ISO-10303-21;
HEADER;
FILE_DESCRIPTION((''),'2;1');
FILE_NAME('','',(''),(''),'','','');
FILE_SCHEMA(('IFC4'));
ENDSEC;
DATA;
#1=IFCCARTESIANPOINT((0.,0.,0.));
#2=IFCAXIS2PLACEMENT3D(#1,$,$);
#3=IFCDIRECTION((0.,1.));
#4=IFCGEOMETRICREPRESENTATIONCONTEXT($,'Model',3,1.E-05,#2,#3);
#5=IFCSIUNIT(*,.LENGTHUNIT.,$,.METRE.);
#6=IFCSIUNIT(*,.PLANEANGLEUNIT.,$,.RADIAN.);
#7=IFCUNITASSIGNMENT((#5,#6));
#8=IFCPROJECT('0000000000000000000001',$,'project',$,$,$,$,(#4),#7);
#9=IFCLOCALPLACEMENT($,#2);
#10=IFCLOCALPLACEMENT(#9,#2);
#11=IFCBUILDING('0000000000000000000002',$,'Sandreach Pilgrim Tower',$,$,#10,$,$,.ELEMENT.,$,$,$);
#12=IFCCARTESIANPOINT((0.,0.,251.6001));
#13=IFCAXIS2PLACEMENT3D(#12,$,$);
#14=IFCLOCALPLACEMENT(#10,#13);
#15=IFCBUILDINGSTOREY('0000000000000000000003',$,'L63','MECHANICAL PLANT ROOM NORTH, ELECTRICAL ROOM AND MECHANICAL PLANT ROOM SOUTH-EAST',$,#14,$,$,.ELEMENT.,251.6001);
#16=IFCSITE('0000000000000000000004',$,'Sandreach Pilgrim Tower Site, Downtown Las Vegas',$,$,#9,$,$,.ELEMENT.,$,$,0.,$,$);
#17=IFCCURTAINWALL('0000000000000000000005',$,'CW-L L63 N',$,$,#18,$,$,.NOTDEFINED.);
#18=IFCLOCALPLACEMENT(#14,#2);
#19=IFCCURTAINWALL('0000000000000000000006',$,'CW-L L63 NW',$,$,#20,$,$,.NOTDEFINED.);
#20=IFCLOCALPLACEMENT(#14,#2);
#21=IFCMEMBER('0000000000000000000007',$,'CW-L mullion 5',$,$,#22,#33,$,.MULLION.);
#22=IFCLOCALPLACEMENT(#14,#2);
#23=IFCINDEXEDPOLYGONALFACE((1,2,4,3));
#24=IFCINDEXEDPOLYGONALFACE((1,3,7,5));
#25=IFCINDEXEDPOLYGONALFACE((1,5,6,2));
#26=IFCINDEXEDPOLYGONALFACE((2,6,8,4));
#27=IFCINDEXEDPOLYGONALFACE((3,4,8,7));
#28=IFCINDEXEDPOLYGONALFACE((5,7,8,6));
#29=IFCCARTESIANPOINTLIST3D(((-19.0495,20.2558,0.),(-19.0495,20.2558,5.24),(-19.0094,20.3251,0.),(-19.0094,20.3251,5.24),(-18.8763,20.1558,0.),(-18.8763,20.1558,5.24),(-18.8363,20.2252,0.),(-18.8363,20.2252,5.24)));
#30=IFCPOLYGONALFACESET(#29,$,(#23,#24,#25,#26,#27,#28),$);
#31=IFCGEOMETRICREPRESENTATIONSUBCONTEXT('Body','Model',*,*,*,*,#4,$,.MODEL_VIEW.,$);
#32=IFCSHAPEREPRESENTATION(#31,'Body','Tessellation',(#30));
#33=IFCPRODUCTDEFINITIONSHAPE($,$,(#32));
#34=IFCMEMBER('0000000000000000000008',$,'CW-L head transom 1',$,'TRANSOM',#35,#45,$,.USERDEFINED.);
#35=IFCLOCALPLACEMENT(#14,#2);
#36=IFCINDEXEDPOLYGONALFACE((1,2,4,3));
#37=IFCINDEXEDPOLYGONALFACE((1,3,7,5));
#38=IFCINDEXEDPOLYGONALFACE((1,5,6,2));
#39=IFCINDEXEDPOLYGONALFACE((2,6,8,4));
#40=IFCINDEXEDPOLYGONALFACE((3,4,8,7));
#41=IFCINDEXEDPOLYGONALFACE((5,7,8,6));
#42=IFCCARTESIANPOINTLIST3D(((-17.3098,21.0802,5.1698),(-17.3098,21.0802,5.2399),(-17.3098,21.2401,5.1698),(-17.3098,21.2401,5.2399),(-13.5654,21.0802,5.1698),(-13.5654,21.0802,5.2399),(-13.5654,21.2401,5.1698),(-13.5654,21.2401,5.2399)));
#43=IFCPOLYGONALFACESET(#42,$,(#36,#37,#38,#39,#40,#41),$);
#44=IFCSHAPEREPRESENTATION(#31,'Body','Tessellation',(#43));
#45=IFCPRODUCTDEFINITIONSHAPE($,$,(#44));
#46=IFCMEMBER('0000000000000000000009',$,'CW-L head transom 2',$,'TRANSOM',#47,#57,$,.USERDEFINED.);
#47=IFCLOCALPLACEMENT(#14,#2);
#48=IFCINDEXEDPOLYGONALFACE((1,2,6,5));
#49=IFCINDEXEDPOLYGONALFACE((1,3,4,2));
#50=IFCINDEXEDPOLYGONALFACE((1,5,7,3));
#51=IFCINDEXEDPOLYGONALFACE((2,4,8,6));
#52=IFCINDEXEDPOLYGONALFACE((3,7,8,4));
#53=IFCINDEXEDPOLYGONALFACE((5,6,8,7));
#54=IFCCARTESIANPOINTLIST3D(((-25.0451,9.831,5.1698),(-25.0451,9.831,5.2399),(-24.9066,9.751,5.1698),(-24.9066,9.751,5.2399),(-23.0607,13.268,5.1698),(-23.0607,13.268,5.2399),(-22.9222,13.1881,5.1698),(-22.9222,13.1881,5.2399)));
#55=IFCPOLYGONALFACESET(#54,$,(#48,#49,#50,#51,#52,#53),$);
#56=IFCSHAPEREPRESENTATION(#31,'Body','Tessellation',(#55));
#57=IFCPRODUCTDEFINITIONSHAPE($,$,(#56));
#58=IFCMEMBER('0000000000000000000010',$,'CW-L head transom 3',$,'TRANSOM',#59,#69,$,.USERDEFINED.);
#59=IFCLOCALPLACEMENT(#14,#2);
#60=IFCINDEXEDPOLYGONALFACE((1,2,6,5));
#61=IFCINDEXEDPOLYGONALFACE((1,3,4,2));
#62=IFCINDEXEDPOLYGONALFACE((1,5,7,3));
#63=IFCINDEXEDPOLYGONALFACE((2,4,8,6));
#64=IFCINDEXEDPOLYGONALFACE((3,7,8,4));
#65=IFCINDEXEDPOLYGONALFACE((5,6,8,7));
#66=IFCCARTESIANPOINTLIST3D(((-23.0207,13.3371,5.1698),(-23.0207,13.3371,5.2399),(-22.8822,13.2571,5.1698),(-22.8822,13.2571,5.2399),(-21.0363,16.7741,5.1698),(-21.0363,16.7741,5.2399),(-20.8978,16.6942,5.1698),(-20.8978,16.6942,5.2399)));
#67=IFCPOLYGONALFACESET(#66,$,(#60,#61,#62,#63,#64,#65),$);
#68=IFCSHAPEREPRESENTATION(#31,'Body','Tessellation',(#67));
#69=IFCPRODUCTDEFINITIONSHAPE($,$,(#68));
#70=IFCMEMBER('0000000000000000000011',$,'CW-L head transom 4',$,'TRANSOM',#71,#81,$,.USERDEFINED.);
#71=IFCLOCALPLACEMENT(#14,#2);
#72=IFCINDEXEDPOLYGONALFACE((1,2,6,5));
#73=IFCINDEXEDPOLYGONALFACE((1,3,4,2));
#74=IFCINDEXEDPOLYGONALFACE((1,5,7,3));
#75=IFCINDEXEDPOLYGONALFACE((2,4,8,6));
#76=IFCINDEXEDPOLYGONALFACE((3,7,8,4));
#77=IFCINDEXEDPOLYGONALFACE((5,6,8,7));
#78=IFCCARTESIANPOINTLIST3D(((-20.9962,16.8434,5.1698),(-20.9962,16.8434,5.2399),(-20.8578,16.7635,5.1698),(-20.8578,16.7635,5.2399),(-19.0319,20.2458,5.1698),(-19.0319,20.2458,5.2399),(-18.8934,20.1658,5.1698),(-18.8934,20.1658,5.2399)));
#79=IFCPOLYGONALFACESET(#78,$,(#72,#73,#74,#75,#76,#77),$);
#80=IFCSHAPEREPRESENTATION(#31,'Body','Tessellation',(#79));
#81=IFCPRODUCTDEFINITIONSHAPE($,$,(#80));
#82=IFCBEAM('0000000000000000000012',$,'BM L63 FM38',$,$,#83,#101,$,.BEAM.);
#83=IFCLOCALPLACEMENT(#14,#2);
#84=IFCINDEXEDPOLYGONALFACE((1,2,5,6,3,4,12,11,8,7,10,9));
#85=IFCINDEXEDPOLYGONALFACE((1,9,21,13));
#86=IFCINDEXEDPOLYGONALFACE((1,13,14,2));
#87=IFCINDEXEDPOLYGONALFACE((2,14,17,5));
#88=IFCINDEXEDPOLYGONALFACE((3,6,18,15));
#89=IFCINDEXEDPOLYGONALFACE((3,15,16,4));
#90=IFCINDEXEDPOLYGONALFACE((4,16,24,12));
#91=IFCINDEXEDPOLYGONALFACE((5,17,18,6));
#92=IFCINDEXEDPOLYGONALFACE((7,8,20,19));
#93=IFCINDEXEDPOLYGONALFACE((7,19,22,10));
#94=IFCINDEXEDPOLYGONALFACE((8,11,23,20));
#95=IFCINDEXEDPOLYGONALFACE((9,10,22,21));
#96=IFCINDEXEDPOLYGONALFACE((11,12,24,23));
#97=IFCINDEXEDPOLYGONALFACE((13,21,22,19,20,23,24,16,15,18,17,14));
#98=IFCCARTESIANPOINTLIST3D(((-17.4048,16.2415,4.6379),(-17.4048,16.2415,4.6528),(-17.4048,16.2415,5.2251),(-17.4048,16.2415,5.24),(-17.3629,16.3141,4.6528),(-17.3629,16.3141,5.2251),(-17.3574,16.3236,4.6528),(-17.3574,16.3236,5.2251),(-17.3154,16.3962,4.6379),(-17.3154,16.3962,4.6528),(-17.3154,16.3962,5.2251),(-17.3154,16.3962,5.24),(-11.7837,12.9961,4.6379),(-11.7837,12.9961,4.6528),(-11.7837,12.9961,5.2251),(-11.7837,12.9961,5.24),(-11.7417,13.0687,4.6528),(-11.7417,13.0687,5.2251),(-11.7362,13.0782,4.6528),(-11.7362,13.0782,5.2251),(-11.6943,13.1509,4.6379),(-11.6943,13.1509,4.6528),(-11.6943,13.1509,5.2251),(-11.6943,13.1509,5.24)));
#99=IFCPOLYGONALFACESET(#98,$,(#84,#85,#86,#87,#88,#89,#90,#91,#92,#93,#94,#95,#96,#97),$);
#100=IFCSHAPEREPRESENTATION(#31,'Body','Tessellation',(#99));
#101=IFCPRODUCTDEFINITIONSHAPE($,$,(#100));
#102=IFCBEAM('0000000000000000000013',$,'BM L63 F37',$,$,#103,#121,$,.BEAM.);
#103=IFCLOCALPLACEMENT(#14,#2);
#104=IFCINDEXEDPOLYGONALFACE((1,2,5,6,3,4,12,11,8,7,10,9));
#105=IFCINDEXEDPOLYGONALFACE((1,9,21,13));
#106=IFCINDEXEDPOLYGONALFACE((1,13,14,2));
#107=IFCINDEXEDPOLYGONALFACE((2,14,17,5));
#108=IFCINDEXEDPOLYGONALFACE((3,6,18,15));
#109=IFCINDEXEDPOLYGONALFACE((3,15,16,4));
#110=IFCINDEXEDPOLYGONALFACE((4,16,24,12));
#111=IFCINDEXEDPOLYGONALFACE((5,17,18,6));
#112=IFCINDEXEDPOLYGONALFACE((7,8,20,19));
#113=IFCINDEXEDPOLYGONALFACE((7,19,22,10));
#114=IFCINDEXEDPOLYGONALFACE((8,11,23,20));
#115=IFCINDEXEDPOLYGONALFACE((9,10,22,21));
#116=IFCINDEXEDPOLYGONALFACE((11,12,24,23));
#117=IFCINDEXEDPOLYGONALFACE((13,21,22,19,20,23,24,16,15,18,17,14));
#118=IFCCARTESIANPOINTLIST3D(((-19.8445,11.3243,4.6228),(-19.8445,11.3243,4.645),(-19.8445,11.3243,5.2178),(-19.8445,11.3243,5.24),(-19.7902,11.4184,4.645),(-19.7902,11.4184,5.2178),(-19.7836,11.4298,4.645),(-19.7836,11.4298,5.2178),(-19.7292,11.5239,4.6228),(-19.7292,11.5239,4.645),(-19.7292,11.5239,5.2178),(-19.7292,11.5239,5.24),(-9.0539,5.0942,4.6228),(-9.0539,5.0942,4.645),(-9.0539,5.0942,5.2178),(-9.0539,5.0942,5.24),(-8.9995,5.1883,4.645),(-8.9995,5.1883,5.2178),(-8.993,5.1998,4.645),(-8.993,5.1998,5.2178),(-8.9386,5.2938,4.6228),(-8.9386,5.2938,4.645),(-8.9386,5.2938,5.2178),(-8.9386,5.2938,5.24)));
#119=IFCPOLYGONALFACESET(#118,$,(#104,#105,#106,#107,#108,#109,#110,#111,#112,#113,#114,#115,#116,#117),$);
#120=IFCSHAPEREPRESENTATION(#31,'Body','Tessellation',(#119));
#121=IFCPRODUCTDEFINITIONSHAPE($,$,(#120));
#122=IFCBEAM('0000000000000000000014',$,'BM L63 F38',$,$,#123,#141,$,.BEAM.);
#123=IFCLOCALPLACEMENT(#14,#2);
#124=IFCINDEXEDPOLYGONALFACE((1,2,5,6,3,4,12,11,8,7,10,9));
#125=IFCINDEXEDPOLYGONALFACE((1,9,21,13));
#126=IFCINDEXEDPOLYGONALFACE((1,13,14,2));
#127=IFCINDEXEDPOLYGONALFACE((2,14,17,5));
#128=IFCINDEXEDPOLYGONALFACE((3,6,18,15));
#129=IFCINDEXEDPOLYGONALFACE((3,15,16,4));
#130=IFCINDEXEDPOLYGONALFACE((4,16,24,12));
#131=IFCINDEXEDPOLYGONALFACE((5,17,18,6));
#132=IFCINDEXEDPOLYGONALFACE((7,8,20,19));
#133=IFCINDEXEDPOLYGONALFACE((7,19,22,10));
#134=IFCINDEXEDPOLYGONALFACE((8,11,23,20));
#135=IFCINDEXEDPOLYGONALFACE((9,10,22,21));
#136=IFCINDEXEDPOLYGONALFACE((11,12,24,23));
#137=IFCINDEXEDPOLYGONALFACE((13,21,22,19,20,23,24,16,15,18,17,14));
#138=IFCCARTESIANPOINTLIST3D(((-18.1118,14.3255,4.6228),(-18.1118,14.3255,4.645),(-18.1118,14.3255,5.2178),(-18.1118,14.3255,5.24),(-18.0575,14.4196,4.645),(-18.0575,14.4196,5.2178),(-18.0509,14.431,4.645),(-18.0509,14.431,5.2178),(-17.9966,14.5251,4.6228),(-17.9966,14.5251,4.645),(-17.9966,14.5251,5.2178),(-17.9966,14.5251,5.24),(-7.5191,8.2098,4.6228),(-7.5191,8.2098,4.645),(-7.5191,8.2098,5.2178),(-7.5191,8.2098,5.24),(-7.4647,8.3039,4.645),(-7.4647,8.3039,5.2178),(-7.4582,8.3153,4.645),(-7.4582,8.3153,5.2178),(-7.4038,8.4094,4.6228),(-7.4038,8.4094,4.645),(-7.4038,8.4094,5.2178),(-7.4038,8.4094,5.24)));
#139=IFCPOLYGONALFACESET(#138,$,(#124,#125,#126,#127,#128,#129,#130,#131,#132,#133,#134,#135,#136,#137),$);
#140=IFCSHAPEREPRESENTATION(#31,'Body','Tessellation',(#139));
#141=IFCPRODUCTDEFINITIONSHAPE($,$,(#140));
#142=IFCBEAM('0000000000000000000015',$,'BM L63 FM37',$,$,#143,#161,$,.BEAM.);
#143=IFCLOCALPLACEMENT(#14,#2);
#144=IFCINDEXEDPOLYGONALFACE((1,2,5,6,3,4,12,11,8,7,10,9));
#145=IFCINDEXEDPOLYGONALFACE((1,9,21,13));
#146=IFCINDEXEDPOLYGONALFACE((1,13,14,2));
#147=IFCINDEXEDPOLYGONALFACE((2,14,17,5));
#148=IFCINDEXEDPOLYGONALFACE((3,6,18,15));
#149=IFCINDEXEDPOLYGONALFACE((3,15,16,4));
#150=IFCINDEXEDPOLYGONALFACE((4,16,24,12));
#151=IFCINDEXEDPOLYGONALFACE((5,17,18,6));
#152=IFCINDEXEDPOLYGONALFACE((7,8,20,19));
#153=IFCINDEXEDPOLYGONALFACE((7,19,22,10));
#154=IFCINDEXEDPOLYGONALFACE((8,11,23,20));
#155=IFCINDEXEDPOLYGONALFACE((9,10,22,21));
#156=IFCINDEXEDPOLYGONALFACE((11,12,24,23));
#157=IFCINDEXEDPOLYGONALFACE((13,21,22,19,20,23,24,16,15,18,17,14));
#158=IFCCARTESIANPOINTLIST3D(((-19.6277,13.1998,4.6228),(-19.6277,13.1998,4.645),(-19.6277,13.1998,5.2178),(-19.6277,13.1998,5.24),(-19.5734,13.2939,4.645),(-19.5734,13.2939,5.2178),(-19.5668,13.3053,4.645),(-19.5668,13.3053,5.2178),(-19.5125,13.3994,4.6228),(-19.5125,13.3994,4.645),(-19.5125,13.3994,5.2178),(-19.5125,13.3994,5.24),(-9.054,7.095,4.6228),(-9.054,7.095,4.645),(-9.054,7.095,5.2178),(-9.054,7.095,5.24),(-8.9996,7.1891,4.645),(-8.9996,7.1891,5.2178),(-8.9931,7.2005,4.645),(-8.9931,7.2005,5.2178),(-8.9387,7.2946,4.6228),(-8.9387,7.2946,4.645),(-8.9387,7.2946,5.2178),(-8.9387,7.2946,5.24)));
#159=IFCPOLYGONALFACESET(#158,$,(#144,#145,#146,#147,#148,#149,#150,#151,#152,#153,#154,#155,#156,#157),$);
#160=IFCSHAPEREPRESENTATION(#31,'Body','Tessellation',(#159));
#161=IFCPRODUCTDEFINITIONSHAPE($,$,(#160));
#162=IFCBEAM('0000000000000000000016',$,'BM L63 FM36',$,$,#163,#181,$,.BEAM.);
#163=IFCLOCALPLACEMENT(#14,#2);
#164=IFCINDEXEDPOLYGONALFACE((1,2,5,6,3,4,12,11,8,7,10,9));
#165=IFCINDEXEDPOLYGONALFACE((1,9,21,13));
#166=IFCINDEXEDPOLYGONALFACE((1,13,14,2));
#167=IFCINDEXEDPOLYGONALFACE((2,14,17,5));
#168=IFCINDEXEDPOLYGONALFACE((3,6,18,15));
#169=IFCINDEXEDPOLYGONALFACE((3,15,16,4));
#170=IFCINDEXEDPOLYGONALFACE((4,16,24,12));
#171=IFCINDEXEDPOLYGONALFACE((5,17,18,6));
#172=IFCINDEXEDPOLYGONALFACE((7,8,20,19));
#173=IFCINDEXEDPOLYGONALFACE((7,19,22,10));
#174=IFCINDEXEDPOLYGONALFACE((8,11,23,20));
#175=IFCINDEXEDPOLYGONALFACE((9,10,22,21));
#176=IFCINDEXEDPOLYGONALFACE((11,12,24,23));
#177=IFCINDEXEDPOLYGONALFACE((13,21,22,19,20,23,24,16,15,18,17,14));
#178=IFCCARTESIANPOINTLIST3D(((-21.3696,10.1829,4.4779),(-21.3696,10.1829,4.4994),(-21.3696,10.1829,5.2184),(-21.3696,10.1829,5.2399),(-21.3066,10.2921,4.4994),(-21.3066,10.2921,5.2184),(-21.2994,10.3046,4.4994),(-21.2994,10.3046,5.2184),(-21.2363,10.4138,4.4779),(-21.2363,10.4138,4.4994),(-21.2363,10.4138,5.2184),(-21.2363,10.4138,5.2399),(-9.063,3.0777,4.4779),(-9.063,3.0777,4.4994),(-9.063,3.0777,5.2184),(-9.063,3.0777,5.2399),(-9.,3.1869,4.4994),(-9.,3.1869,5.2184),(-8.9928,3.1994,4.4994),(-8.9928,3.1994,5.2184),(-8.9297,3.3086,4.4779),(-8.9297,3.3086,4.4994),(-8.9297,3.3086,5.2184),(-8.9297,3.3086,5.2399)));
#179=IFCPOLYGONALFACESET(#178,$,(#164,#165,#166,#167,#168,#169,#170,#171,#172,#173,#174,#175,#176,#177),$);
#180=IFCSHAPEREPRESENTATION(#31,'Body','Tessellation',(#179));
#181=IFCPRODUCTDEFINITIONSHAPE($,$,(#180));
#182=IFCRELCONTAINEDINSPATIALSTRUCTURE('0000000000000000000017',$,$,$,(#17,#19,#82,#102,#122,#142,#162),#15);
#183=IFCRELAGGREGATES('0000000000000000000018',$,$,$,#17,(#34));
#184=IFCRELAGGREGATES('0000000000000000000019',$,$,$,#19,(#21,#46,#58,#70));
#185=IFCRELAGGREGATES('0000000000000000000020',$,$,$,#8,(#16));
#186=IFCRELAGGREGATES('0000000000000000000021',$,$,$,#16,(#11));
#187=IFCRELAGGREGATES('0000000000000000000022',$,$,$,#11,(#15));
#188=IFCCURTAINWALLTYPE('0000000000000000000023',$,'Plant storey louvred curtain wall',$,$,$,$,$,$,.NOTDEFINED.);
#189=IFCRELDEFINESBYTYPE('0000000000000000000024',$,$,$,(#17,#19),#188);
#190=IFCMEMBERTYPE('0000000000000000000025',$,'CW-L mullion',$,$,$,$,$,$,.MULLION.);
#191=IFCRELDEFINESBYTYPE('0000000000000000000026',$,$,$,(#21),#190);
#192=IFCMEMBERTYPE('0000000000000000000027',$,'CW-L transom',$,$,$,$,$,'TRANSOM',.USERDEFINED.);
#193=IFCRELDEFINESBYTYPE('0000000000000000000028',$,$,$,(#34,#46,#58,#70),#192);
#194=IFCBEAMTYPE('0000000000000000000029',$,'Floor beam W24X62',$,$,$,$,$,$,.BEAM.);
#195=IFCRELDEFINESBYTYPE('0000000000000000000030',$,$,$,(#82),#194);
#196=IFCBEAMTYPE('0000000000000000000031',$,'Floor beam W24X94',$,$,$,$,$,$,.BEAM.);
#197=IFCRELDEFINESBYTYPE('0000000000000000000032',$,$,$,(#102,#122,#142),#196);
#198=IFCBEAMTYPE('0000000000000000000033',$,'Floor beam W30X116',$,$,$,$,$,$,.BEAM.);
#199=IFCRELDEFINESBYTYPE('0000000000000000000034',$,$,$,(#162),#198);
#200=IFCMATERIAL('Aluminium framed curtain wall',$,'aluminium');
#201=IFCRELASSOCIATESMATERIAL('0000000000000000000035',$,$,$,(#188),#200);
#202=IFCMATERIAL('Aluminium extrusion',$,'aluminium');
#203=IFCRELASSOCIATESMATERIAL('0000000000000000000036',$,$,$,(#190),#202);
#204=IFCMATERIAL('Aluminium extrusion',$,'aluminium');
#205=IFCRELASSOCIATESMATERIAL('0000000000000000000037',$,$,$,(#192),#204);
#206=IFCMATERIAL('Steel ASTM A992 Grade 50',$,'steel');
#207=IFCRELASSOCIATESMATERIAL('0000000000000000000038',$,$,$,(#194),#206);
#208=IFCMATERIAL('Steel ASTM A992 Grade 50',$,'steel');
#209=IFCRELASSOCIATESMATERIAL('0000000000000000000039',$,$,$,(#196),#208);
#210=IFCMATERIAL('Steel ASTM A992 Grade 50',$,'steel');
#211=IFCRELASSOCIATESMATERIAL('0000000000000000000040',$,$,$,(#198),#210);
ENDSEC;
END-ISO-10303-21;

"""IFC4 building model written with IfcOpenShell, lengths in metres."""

from ifc_helpers import new_model, si_unit, direction, frame, origin, origin_2d, place, context, subcontext, project, spatial, rectangle, i_section, extrude, material, material_profile, profile_set, type_object, element, aggregate, save


model = new_model("IFC4")

# Units and contexts
model_context = context("Model", 3, precision=1e-05, world=origin(), true_north=direction((0.0, 1.0)))
body_context = subcontext(model_context, "Body", "Model", "MODEL_VIEW")
ifc_project = project(units=[si_unit("LENGTHUNIT", "METRE"), si_unit("PLANEANGLEUNIT", "RADIAN")], contexts=[model_context])

# Site, building, storey
site_placement = place(None, origin())
site = spatial("IfcSite", under=ifc_project, at=site_placement, Name="Sandreach Pilgrim Tower Site, Downtown Las Vegas", CompositionType="ELEMENT", RefElevation=0.0)
building_placement = place(site_placement, origin())
building = spatial("IfcBuilding", under=site, at=building_placement, Name="Sandreach Pilgrim Tower", CompositionType="ELEMENT")
storey_placement = place(building_placement, frame((0.0, 0.0, 251.6001)))
storey = spatial("IfcBuildingStorey", under=building, at=storey_placement, Name="L63", Description="MECHANICAL PLANT ROOM NORTH, ELECTRICAL ROOM AND MECHANICAL PLANT ROOM SOUTH-EAST", CompositionType="ELEMENT", Elevation=251.6001)

# Curtain wall
ifc_material_1 = material(Name="Aluminium framed curtain wall", Category="aluminium")
curtain_wall_type = type_object("IfcCurtainWallType", Name="Plant storey louvred curtain wall", PredefinedType="NOTDEFINED", material=ifc_material_1)
curtain_wall_1_placement = place(storey_placement, origin())
curtain_wall_1 = element("IfcCurtainWall", 1, at=curtain_wall_1_placement, inside=storey, type_object=curtain_wall_type, Name="CW-L L63 N", PredefinedType="NOTDEFINED")
ifc_material_2 = material(Name="Aluminium extrusion", Category="aluminium")
ifc_material_profile_1 = material_profile(ifc_material_2, rectangle(XDim=0.0801, YDim=0.2, at=origin_2d()), Name="CW-LM 80X200")
ifc_profile_set_1 = profile_set([ifc_material_profile_1], Name="Aluminium extrusion")
member_type_1 = type_object("IfcMemberType", Name="CW-L mullion", PredefinedType="MULLION", material=ifc_profile_set_1)

# Curtain wall, member
curtain_wall_2_placement = place(storey_placement, origin())
curtain_wall_2 = element("IfcCurtainWall", 2, at=curtain_wall_2_placement, inside=storey, type_object=curtain_wall_type, Name="CW-L L63 NW", PredefinedType="NOTDEFINED")
member_1_placement = place(storey_placement, frame((-18.9429, 20.2405, 0.0), z_axis=(0.0, 0.0, 1.0), x_axis=(0.5, 0.866025, 0.0)))
member_1 = element("IfcMember", 3, at=member_1_placement, type_object=member_type_1, Name="CW-L mullion 5", PredefinedType="MULLION", context=body_context, shape_type="SweptSolid", body=[
    extrude(rectangle(XDim=0.0801, YDim=0.2, at=origin_2d()), origin(), (0.0, 0.0, 1.0), 5.24),
])

# Members
ifc_material_3 = material(Name="Aluminium extrusion", Category="aluminium")
ifc_material_profile_2 = material_profile(ifc_material_3, rectangle(XDim=0.1599, YDim=0.0701, at=origin_2d()), Name="CW-LT 160X70")
ifc_profile_set_2 = profile_set([ifc_material_profile_2], Name="Aluminium extrusion")
member_type_2 = type_object("IfcMemberType", Name="CW-L transom", ElementType="TRANSOM", PredefinedType="USERDEFINED", material=ifc_profile_set_2)
member_2_placement = place(storey_placement, frame((-17.3098, 21.1602, 5.2048), z_axis=(1.0, 0.0, 0.0), x_axis=(0.0, 1.0, 0.0)))
member_2 = element("IfcMember", 4, at=member_2_placement, type_object=member_type_2, Name="CW-L head transom 1", ObjectType="TRANSOM", PredefinedType="USERDEFINED", context=body_context, shape_type="SweptSolid", body=[
    extrude(rectangle(XDim=0.1599, YDim=0.0701, at=origin_2d()), origin(), (0.0, 0.0, 1.0), 3.7444),
])
aggregate(curtain_wall_1, [member_2])
member_3_placement = place(storey_placement, frame((-24.9758, 9.791, 5.2048), z_axis=(0.500003, 0.866024, 0.0), x_axis=(-0.866024, 0.500003, 0.0)))
member_3 = element("IfcMember", 5, at=member_3_placement, type_object=member_type_2, Name="CW-L head transom 2", ObjectType="TRANSOM", PredefinedType="USERDEFINED", context=body_context, shape_type="SweptSolid", body=[
    extrude(rectangle(XDim=0.1599, YDim=0.0701, at=origin_2d()), origin(), (0.0, 0.0, 1.0), 3.9688),
])
member_4_placement = place(storey_placement, frame((-22.9514, 13.2971, 5.2048), z_axis=(0.500003, 0.866024, 0.0), x_axis=(-0.866024, 0.500003, 0.0)))
member_4 = element("IfcMember", 6, at=member_4_placement, type_object=member_type_2, Name="CW-L head transom 3", ObjectType="TRANSOM", PredefinedType="USERDEFINED", context=body_context, shape_type="SweptSolid", body=[
    extrude(rectangle(XDim=0.1599, YDim=0.0701, at=origin_2d()), origin(), (0.0, 0.0, 1.0), 3.9688),
])
member_5_placement = place(storey_placement, frame((-20.927, 16.8035, 5.2048), z_axis=(0.500002, 0.866024, 0.0), x_axis=(-0.866024, 0.500002, 0.0)))
member_5 = element("IfcMember", 7, at=member_5_placement, type_object=member_type_2, Name="CW-L head transom 4", ObjectType="TRANSOM", PredefinedType="USERDEFINED", context=body_context, shape_type="SweptSolid", body=[
    extrude(rectangle(XDim=0.1599, YDim=0.0701, at=origin_2d()), origin(), (0.0, 0.0, 1.0), 3.9287),
])

# Beams
ifc_material_4 = material(Name="Steel ASTM A992 Grade 50", Category="steel")
ifc_material_profile_3 = material_profile(ifc_material_4, i_section(OverallWidth=0.1787, OverallDepth=0.6021, WebThickness=0.011, FlangeThickness=0.0149, at=origin_2d()), Name="W24X62")
ifc_profile_set_3 = profile_set([ifc_material_profile_3], Name="Steel ASTM A992 Grade 50")
beam_type_1 = type_object("IfcBeamType", Name="Floor beam W24X62", PredefinedType="BEAM", material=ifc_profile_set_3)
beam_1_placement = place(storey_placement, frame((-17.3601, 16.3188, 4.939), z_axis=(0.866024, -0.500002, 0.0), x_axis=(0.500002, 0.866024, 0.0)))
element("IfcBeam", 8, at=beam_1_placement, inside=storey, type_object=beam_type_1, Name="BM L63 FM38", PredefinedType="BEAM", context=body_context, shape_type="SweptSolid", body=[
    extrude(i_section(OverallWidth=0.1787, OverallDepth=0.6021, WebThickness=0.011, FlangeThickness=0.0149, at=origin_2d()), origin(), (0.0, 0.0, 1.0), 6.4907),
])
ifc_material_5 = material(Name="Steel ASTM A992 Grade 50", Category="steel")
ifc_material_profile_4 = material_profile(ifc_material_5, i_section(OverallWidth=0.2305, OverallDepth=0.6172, WebThickness=0.0132, FlangeThickness=0.0222, at=origin_2d()), Name="W24X94")
ifc_profile_set_4 = profile_set([ifc_material_profile_4], Name="Steel ASTM A992 Grade 50")
beam_type_2 = type_object("IfcBeamType", Name="Floor beam W24X94", PredefinedType="BEAM", material=ifc_profile_set_4)
beam_2_placement = place(storey_placement, frame((-19.7869, 11.4241, 4.9314), z_axis=(0.866023, -0.500004, 0.0), x_axis=(0.500004, 0.866023, 0.0)))
element("IfcBeam", 9, at=beam_2_placement, inside=storey, type_object=beam_type_2, Name="BM L63 F37", PredefinedType="BEAM", context=body_context, shape_type="SweptSolid", body=[
    extrude(i_section(OverallWidth=0.2305, OverallDepth=0.6172, WebThickness=0.0132, FlangeThickness=0.0222, at=origin_2d()), origin(), (0.0, 0.0, 1.0), 12.46),
])
beam_3_placement = place(storey_placement, frame((-18.0542, 14.4253, 4.9314), z_axis=(0.866026, -0.499999, 0.0), x_axis=(0.499999, 0.866026, 0.0)))
element("IfcBeam", 10, at=beam_3_placement, inside=storey, type_object=beam_type_2, Name="BM L63 F38", PredefinedType="BEAM", context=body_context, shape_type="SweptSolid", body=[
    extrude(i_section(OverallWidth=0.2305, OverallDepth=0.6172, WebThickness=0.0132, FlangeThickness=0.0222, at=origin_2d()), origin(), (0.0, 0.0, 1.0), 12.2314),
])
beam_4_placement = place(storey_placement, frame((-19.5701, 13.2996, 4.9314), z_axis=(0.866026, -0.499999, 0.0), x_axis=(0.499999, 0.866026, 0.0)))
element("IfcBeam", 11, at=beam_4_placement, inside=storey, type_object=beam_type_2, Name="BM L63 FM37", PredefinedType="BEAM", context=body_context, shape_type="SweptSolid", body=[
    extrude(i_section(OverallWidth=0.2305, OverallDepth=0.6172, WebThickness=0.0132, FlangeThickness=0.0222, at=origin_2d()), origin(), (0.0, 0.0, 1.0), 12.2095),
])
ifc_material_6 = material(Name="Steel ASTM A992 Grade 50", Category="steel")
ifc_material_profile_5 = material_profile(ifc_material_6, i_section(OverallWidth=0.2666, OverallDepth=0.762, WebThickness=0.0144, FlangeThickness=0.0215, at=origin_2d()), Name="W30X116")
ifc_profile_set_5 = profile_set([ifc_material_profile_5], Name="Steel ASTM A992 Grade 50")
beam_type_3 = type_object("IfcBeamType", Name="Floor beam W30X116", PredefinedType="BEAM", material=ifc_profile_set_5)
beam_5_placement = place(storey_placement, frame((-21.303, 10.2983, 4.8589), z_axis=(0.866026, -0.499999, 0.0), x_axis=(0.499999, 0.866026, 0.0)))
element("IfcBeam", 12, at=beam_5_placement, inside=storey, type_object=beam_type_3, Name="BM L63 FM36", PredefinedType="BEAM", context=body_context, shape_type="SweptSolid", body=[
    extrude(i_section(OverallWidth=0.2666, OverallDepth=0.762, WebThickness=0.0144, FlangeThickness=0.0215, at=origin_2d()), origin(), (0.0, 0.0, 1.0), 14.2104),
])

aggregate(curtain_wall_2, [member_1, member_3, member_4, member_5])

save(model, "model.ifc")
